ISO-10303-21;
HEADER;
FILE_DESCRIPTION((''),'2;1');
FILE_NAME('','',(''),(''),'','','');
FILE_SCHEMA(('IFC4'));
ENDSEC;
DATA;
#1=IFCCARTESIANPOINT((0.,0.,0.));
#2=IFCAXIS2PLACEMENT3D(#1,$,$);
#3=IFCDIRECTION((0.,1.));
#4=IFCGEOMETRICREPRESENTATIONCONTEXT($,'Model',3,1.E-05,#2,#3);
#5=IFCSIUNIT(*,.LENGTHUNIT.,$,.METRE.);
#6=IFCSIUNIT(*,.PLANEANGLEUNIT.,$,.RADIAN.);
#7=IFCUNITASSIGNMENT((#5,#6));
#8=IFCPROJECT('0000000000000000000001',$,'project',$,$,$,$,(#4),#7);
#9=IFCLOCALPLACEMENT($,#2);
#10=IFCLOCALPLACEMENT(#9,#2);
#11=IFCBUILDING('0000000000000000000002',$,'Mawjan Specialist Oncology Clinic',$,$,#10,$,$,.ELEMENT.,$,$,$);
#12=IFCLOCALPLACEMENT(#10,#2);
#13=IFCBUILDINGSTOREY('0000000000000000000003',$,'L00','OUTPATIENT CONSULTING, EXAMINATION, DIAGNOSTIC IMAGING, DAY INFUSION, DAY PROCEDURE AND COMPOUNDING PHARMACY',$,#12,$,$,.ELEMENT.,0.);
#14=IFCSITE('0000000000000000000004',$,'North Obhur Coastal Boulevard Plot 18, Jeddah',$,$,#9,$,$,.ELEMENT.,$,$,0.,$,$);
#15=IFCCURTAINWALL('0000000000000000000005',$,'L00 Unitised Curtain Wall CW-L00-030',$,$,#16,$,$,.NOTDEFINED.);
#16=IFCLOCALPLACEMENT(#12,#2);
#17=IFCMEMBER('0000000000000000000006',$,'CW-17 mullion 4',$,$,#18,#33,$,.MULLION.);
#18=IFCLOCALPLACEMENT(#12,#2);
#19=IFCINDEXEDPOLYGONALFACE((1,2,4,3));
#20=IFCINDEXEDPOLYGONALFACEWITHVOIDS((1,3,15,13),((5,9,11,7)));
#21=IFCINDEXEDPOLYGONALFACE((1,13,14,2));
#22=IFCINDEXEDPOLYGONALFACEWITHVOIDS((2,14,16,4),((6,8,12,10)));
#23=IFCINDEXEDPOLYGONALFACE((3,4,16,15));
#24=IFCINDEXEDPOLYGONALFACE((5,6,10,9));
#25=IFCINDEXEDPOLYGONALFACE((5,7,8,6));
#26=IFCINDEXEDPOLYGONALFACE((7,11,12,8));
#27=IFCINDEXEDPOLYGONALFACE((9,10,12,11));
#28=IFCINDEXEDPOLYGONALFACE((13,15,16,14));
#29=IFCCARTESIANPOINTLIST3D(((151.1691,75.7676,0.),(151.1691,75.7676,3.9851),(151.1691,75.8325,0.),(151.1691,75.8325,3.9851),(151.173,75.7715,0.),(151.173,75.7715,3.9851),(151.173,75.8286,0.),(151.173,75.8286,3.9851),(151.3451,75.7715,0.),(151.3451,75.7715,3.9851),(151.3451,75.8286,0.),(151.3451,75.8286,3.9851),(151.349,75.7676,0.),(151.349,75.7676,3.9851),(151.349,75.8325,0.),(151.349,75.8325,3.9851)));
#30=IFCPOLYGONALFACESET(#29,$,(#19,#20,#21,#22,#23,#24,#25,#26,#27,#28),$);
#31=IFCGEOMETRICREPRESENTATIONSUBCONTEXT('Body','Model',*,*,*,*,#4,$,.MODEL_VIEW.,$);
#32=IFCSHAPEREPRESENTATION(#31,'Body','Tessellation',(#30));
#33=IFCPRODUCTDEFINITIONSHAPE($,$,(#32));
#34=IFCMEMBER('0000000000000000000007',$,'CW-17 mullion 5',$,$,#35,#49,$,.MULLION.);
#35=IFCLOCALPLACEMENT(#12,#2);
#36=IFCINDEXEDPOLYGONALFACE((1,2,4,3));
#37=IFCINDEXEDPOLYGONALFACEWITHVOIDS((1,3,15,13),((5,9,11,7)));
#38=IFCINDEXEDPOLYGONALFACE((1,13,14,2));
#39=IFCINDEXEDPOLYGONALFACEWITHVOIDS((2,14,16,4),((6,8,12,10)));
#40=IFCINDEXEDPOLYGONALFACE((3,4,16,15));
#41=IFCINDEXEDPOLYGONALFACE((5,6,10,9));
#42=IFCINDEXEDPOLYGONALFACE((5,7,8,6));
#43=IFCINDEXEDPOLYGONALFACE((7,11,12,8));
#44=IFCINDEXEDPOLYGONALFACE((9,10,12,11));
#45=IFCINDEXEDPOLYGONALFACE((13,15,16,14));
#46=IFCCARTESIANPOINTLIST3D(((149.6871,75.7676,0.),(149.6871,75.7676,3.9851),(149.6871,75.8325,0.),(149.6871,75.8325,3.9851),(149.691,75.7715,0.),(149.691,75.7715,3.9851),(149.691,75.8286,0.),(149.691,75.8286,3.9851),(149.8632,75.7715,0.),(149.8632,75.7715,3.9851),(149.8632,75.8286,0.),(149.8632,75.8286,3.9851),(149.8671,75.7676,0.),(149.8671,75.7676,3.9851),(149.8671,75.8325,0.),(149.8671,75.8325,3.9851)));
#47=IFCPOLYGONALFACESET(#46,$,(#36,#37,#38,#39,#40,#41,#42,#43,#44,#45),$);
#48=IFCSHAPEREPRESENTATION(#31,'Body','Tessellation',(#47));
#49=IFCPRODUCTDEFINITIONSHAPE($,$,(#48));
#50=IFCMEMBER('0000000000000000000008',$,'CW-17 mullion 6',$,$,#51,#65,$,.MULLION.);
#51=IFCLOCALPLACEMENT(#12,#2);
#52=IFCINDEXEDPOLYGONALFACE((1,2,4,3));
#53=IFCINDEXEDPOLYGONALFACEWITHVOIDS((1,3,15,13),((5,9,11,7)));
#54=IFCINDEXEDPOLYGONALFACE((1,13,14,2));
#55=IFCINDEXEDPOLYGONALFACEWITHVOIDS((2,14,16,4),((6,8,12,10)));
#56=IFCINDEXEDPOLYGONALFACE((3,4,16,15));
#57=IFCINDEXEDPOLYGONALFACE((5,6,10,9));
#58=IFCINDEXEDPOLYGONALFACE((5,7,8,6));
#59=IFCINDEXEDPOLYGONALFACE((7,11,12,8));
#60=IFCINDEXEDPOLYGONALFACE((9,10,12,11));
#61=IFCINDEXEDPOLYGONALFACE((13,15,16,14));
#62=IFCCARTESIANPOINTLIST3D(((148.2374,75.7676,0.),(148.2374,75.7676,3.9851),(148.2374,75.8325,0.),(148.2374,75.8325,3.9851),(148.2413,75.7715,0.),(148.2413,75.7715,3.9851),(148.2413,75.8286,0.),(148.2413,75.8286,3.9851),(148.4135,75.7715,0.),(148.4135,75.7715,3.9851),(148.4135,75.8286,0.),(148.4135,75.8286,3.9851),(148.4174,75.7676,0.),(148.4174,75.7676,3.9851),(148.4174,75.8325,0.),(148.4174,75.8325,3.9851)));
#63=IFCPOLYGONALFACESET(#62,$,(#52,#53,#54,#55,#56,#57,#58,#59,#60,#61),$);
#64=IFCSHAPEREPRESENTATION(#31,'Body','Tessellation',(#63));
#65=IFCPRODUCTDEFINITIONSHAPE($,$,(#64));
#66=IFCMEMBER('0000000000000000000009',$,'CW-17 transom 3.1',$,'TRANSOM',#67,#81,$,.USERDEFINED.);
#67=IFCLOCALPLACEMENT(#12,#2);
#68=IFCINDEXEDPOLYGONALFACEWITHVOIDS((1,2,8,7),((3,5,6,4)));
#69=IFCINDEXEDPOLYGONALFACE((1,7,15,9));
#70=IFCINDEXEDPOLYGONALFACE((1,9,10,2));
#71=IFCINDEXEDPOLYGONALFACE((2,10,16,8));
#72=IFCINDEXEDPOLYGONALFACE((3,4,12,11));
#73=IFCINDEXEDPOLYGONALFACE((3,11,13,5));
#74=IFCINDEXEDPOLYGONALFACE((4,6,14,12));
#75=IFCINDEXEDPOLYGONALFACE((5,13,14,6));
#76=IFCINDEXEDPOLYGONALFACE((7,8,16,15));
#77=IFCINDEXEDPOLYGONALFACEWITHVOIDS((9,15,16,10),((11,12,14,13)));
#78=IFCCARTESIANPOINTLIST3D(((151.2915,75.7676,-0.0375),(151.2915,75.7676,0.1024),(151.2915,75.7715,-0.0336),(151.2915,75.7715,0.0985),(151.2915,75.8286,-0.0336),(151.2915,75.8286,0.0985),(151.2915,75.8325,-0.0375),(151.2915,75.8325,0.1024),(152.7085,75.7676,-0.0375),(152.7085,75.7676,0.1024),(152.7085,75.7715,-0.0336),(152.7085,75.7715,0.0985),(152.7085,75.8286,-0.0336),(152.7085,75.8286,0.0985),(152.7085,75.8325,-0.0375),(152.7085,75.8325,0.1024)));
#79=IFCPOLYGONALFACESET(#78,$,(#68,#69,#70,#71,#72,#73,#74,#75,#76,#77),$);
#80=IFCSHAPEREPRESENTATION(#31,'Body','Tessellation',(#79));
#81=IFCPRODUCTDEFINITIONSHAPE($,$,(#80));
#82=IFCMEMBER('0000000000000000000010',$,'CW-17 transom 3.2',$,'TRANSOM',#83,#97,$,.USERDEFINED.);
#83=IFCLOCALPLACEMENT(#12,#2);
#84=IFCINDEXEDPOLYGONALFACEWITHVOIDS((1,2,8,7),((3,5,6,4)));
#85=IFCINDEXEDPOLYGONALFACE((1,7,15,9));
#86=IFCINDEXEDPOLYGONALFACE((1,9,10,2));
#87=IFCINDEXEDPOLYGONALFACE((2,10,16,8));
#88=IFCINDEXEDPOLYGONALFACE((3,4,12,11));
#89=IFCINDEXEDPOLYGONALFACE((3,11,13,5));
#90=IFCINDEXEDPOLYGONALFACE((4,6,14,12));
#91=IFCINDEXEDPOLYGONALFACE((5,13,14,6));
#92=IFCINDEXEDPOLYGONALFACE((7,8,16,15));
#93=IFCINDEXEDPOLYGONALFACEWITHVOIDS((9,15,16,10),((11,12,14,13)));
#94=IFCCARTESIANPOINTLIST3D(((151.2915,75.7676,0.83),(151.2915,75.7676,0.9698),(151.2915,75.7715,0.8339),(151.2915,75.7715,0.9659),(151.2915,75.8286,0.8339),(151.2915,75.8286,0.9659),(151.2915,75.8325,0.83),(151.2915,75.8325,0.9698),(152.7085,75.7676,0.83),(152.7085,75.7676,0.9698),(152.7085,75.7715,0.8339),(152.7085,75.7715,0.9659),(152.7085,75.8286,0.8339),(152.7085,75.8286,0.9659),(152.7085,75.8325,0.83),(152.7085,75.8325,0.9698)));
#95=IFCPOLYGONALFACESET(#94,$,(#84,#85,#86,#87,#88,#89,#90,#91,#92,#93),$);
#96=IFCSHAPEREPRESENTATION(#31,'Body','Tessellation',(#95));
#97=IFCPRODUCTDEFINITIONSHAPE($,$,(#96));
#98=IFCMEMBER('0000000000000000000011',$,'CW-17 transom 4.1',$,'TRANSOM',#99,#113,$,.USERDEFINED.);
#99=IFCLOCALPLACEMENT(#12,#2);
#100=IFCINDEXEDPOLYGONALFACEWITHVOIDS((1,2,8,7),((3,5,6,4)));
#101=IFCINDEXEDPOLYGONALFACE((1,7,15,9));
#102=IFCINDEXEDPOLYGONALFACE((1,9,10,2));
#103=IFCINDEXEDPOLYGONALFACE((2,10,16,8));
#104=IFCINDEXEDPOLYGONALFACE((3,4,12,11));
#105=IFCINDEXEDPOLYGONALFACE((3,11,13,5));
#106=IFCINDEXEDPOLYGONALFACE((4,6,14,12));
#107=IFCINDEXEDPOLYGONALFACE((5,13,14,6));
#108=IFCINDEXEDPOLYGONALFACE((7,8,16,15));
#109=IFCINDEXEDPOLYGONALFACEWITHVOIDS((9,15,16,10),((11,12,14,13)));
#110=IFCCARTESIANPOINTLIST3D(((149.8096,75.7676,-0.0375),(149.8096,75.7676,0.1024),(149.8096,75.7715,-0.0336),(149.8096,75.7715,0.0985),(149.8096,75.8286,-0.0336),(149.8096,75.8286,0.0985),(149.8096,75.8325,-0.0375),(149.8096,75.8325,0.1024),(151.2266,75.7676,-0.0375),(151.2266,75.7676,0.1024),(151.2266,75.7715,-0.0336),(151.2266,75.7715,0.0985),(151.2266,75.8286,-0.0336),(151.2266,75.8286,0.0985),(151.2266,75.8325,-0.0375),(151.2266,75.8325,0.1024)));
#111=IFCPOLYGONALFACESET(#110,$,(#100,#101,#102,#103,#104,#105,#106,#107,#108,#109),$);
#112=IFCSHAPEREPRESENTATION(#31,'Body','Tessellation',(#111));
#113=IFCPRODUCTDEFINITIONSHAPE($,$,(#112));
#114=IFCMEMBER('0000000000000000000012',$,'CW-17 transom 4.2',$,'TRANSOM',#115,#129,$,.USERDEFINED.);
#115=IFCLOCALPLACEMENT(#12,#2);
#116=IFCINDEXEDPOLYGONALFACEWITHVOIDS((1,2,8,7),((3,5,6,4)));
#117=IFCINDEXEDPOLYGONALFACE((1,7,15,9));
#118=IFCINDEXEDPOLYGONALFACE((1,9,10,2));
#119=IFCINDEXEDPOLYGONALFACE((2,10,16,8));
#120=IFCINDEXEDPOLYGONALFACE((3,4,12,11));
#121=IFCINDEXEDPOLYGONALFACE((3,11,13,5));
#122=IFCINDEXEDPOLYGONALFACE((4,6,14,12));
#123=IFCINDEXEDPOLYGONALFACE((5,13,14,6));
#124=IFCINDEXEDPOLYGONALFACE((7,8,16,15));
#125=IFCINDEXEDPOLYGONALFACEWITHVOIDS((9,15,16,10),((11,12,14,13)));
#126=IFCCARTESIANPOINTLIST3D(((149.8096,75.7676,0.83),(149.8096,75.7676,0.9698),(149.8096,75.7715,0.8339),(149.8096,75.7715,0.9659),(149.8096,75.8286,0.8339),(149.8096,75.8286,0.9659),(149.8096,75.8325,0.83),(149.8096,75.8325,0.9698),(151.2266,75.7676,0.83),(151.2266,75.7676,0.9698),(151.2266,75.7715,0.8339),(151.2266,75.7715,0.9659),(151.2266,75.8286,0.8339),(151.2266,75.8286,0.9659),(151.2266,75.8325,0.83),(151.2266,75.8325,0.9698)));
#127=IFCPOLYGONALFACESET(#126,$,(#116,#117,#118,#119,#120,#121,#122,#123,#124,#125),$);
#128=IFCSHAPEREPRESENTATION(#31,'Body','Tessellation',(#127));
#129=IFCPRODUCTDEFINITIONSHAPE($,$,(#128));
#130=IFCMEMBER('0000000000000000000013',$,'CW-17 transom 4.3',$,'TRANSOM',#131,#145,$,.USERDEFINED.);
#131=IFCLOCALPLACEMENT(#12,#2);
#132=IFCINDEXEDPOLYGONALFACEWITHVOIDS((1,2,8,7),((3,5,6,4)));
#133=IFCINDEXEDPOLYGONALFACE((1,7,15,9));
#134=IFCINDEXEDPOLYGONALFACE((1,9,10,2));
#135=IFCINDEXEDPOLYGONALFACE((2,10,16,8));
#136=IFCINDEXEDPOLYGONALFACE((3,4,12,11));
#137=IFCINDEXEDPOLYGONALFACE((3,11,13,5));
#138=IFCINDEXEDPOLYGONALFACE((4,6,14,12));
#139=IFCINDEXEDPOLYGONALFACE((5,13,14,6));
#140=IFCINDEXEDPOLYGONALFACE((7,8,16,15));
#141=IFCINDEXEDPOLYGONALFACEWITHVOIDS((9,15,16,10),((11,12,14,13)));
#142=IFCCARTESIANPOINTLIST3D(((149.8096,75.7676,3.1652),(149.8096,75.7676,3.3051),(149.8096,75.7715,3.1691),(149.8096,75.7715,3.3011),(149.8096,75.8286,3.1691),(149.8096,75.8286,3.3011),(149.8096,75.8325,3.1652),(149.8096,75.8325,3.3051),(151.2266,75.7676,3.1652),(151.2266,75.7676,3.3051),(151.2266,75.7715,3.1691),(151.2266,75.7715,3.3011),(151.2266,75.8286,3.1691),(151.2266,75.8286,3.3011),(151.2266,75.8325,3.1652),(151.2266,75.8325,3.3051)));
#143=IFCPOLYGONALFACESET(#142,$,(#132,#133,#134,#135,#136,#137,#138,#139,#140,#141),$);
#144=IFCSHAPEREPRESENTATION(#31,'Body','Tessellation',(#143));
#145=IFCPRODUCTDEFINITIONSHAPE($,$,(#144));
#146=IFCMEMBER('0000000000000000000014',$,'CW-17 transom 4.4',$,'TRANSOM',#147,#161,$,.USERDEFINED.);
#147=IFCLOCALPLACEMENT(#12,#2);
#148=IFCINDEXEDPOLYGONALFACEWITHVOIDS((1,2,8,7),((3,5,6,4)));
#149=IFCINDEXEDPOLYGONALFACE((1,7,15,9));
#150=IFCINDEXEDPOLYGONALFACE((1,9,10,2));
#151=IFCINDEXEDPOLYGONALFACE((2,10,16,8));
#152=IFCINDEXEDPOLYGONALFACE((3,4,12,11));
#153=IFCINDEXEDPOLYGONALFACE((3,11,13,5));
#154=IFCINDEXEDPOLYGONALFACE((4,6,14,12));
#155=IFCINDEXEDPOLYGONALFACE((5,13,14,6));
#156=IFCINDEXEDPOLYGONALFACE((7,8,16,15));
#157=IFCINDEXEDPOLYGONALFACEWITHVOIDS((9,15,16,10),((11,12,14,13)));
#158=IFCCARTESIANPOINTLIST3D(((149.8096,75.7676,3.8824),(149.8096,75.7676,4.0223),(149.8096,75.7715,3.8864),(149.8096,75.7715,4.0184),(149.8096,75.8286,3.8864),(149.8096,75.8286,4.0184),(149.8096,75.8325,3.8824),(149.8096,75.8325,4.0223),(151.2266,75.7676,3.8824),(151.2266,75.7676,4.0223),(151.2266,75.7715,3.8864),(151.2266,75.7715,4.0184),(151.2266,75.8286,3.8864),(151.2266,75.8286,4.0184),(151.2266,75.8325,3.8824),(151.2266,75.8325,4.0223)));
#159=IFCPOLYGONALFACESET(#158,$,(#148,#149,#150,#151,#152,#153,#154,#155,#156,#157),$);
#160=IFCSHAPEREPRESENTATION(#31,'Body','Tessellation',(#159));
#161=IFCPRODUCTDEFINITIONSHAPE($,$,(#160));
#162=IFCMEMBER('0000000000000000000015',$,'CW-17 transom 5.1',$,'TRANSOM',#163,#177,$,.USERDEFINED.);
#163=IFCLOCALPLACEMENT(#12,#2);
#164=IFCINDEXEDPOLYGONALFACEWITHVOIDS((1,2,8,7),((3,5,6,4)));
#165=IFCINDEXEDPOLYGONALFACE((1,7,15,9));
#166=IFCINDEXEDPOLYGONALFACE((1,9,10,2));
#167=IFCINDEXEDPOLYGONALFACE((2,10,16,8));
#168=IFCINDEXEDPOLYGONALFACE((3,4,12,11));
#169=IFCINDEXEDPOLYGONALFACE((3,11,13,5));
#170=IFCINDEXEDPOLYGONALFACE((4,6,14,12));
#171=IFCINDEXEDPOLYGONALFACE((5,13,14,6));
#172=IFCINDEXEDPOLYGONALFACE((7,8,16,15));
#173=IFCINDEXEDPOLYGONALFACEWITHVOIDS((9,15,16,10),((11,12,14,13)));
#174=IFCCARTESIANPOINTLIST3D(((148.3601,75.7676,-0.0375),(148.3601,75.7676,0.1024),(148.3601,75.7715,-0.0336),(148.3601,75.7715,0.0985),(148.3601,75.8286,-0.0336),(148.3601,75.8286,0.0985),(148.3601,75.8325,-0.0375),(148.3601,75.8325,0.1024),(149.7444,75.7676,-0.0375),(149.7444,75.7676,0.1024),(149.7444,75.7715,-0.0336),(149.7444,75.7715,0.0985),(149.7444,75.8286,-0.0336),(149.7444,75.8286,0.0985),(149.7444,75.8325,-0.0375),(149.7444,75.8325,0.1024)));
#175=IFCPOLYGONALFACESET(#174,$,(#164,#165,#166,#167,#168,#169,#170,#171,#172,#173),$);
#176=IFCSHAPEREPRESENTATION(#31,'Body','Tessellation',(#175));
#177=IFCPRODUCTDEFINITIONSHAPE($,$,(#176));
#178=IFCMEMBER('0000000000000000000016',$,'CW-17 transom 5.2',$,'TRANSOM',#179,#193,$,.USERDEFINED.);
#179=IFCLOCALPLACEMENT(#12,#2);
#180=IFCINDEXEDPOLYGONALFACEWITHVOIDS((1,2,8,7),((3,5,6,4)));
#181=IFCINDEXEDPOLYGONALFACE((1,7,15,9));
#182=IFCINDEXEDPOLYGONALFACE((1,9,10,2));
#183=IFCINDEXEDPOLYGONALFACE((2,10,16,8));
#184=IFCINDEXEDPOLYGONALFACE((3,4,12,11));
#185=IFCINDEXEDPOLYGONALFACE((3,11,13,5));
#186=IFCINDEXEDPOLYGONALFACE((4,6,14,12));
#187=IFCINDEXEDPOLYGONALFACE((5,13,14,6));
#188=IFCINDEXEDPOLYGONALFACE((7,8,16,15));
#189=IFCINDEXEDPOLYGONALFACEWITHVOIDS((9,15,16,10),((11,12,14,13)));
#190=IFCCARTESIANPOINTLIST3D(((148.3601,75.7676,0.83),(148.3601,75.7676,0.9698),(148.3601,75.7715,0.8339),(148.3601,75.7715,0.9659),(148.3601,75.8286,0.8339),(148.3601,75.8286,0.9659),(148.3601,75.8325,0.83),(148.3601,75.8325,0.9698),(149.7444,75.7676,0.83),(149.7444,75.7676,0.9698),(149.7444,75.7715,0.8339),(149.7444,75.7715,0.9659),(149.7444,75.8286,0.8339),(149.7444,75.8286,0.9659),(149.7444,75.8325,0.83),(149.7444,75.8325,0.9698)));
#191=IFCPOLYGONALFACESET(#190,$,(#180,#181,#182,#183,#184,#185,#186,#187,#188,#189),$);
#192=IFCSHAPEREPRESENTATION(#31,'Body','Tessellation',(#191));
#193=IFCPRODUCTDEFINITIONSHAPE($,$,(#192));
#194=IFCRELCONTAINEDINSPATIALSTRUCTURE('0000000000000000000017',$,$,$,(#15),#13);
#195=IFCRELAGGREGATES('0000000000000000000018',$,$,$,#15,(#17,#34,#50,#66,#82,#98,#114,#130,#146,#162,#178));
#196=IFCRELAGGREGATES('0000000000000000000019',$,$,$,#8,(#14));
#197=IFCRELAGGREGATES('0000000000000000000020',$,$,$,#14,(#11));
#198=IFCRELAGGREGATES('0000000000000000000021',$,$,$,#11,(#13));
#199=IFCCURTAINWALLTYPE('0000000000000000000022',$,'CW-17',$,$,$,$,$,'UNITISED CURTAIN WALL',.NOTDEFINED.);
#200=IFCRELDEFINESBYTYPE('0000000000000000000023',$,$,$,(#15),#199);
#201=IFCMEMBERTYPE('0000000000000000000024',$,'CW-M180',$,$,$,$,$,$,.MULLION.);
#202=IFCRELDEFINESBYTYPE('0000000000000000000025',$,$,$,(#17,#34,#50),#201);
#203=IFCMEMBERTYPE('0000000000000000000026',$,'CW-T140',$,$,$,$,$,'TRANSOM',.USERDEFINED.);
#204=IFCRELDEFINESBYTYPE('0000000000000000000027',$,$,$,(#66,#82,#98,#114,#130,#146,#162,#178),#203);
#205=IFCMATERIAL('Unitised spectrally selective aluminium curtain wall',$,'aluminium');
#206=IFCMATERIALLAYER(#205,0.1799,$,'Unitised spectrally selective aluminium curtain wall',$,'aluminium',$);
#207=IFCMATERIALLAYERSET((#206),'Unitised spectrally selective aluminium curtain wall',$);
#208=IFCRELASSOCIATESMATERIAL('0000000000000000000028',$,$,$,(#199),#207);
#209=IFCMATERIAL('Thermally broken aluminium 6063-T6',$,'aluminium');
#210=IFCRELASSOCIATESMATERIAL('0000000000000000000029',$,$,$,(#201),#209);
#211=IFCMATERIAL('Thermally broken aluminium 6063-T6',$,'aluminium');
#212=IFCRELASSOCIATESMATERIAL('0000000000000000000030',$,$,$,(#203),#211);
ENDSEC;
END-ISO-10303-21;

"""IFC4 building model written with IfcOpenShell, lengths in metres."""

from ifc_helpers import new_model, si_unit, direction, frame, origin, origin_2d, place, context, subcontext, project, spatial, hollow_rectangle, extrude, material, layer, layer_set, material_profile, profile_set, type_object, element, aggregate, save


model = new_model("IFC4")

# Units and contexts
model_context = context("Model", 3, precision=1e-05, world=origin(), true_north=direction((0.0, 1.0)))
body_context = subcontext(model_context, "Body", "Model", "MODEL_VIEW")
ifc_project = project(units=[si_unit("LENGTHUNIT", "METRE"), si_unit("PLANEANGLEUNIT", "RADIAN")], contexts=[model_context])

# Site, building, storey
site_placement = place(None, origin())
site = spatial("IfcSite", under=ifc_project, at=site_placement, Name="North Obhur Coastal Boulevard Plot 18, Jeddah", CompositionType="ELEMENT", RefElevation=0.0)
building_placement = place(site_placement, origin())
building = spatial("IfcBuilding", under=site, at=building_placement, Name="Mawjan Specialist Oncology Clinic", CompositionType="ELEMENT")
storey_placement = place(building_placement, origin())
storey = spatial("IfcBuildingStorey", under=building, at=storey_placement, Name="L00", Description="OUTPATIENT CONSULTING, EXAMINATION, DIAGNOSTIC IMAGING, DAY INFUSION, DAY PROCEDURE AND COMPOUNDING PHARMACY", CompositionType="ELEMENT", Elevation=0.0)

# Curtain wall, members
ifc_material_1 = material(Name="Unitised spectrally selective aluminium curtain wall", Category="aluminium")
ifc_layer_1 = layer(ifc_material_1, 0.1799, Name="Unitised spectrally selective aluminium curtain wall", Category="aluminium")
ifc_layer_set_1 = layer_set([ifc_layer_1], Name="Unitised spectrally selective aluminium curtain wall")
curtain_wall_type = type_object("IfcCurtainWallType", Name="CW-17", ElementType="UNITISED CURTAIN WALL", PredefinedType="NOTDEFINED", material=ifc_layer_set_1)
curtain_wall_placement = place(storey_placement, origin())
curtain_wall = element("IfcCurtainWall", 1, at=curtain_wall_placement, inside=storey, type_object=curtain_wall_type, Name="L00 Unitised Curtain Wall CW-L00-030", PredefinedType="NOTDEFINED")
ifc_material_2 = material(Name="Thermally broken aluminium 6063-T6", Category="aluminium")
ifc_material_profile_1 = material_profile(ifc_material_2, hollow_rectangle(XDim=0.0649, YDim=0.1799, WallThickness=0.0039, at=origin_2d()), Name="ALU MULLION 180x65x4", Category="aluminium")
ifc_profile_set_1 = profile_set([ifc_material_profile_1], Name="Thermally broken aluminium 6063-T6")
member_type_1 = type_object("IfcMemberType", Name="CW-M180", PredefinedType="MULLION", material=ifc_profile_set_1)
member_1_placement = place(storey_placement, frame((151.259, 75.8, 0.0), z_axis=(0.0, 0.0, 1.0), x_axis=(0.0, -1.0, 0.0)))
member_1 = element("IfcMember", 2, at=member_1_placement, type_object=member_type_1, Name="CW-17 mullion 4", PredefinedType="MULLION", context=body_context, shape_type="SweptSolid", body=[
    extrude(hollow_rectangle(XDim=0.0649, YDim=0.1799, WallThickness=0.0039, at=origin_2d()), origin(), (0.0, 0.0, 1.0), 3.9851),
])
member_2_placement = place(storey_placement, frame((149.7771, 75.8, 0.0), z_axis=(0.0, 0.0, 1.0), x_axis=(0.0, -1.0, 0.0)))
member_2 = element("IfcMember", 3, at=member_2_placement, type_object=member_type_1, Name="CW-17 mullion 5", PredefinedType="MULLION", context=body_context, shape_type="SweptSolid", body=[
    extrude(hollow_rectangle(XDim=0.0649, YDim=0.1799, WallThickness=0.0039, at=origin_2d()), origin(), (0.0, 0.0, 1.0), 3.9851),
])
member_3_placement = place(storey_placement, frame((148.3274, 75.8, 0.0), z_axis=(0.0, 0.0, 1.0), x_axis=(0.0, -1.0, 0.0)))
member_3 = element("IfcMember", 4, at=member_3_placement, type_object=member_type_1, Name="CW-17 mullion 6", PredefinedType="MULLION", context=body_context, shape_type="SweptSolid", body=[
    extrude(hollow_rectangle(XDim=0.0649, YDim=0.1799, WallThickness=0.0039, at=origin_2d()), origin(), (0.0, 0.0, 1.0), 3.9851),
])
ifc_material_3 = material(Name="Thermally broken aluminium 6063-T6", Category="aluminium")
ifc_material_profile_2 = material_profile(ifc_material_3, hollow_rectangle(XDim=0.0649, YDim=0.1399, WallThickness=0.0039, at=origin_2d()), Name="ALU TRANSOM 140x65x4", Category="aluminium")
ifc_profile_set_2 = profile_set([ifc_material_profile_2], Name="Thermally broken aluminium 6063-T6")
member_type_2 = type_object("IfcMemberType", Name="CW-T140", ElementType="TRANSOM", PredefinedType="USERDEFINED", material=ifc_profile_set_2)
member_4_placement = place(storey_placement, frame((152.7085, 75.8, 0.0325), z_axis=(-1.0, 0.0, 0.0), x_axis=(0.0, -1.0, 0.0)))
member_4 = element("IfcMember", 5, at=member_4_placement, type_object=member_type_2, Name="CW-17 transom 3.1", ObjectType="TRANSOM", PredefinedType="USERDEFINED", context=body_context, shape_type="SweptSolid", body=[
    extrude(hollow_rectangle(XDim=0.0649, YDim=0.1399, WallThickness=0.0039, at=origin_2d()), origin(), (0.0, 0.0, 1.0), 1.417),
])
member_5_placement = place(storey_placement, frame((152.7085, 75.8, 0.8999), z_axis=(-1.0, 0.0, 0.0), x_axis=(0.0, -1.0, 0.0)))
member_5 = element("IfcMember", 6, at=member_5_placement, type_object=member_type_2, Name="CW-17 transom 3.2", ObjectType="TRANSOM", PredefinedType="USERDEFINED", context=body_context, shape_type="SweptSolid", body=[
    extrude(hollow_rectangle(XDim=0.0649, YDim=0.1399, WallThickness=0.0039, at=origin_2d()), origin(), (0.0, 0.0, 1.0), 1.417),
])
member_6_placement = place(storey_placement, frame((151.2266, 75.8, 0.0325), z_axis=(-1.0, 0.0, 0.0), x_axis=(0.0, -1.0, 0.0)))
member_6 = element("IfcMember", 7, at=member_6_placement, type_object=member_type_2, Name="CW-17 transom 4.1", ObjectType="TRANSOM", PredefinedType="USERDEFINED", context=body_context, shape_type="SweptSolid", body=[
    extrude(hollow_rectangle(XDim=0.0649, YDim=0.1399, WallThickness=0.0039, at=origin_2d()), origin(), (0.0, 0.0, 1.0), 1.417),
])
member_7_placement = place(storey_placement, frame((151.2266, 75.8, 0.8999), z_axis=(-1.0, 0.0, 0.0), x_axis=(0.0, -1.0, 0.0)))
member_7 = element("IfcMember", 8, at=member_7_placement, type_object=member_type_2, Name="CW-17 transom 4.2", ObjectType="TRANSOM", PredefinedType="USERDEFINED", context=body_context, shape_type="SweptSolid", body=[
    extrude(hollow_rectangle(XDim=0.0649, YDim=0.1399, WallThickness=0.0039, at=origin_2d()), origin(), (0.0, 0.0, 1.0), 1.417),
])
member_8_placement = place(storey_placement, frame((151.2266, 75.8, 3.2351), z_axis=(-1.0, 0.0, 0.0), x_axis=(0.0, -1.0, 0.0)))
member_8 = element("IfcMember", 9, at=member_8_placement, type_object=member_type_2, Name="CW-17 transom 4.3", ObjectType="TRANSOM", PredefinedType="USERDEFINED", context=body_context, shape_type="SweptSolid", body=[
    extrude(hollow_rectangle(XDim=0.0649, YDim=0.1399, WallThickness=0.0039, at=origin_2d()), origin(), (0.0, 0.0, 1.0), 1.417),
])
member_9_placement = place(storey_placement, frame((151.2266, 75.8, 3.9524), z_axis=(-1.0, 0.0, 0.0), x_axis=(0.0, -1.0, 0.0)))
member_9 = element("IfcMember", 10, at=member_9_placement, type_object=member_type_2, Name="CW-17 transom 4.4", ObjectType="TRANSOM", PredefinedType="USERDEFINED", context=body_context, shape_type="SweptSolid", body=[
    extrude(hollow_rectangle(XDim=0.0649, YDim=0.1399, WallThickness=0.0039, at=origin_2d()), origin(), (0.0, 0.0, 1.0), 1.417),
])
member_10_placement = place(storey_placement, frame((149.7444, 75.8, 0.0325), z_axis=(-1.0, 0.0, 0.0), x_axis=(0.0, -1.0, 0.0)))
member_10 = element("IfcMember", 11, at=member_10_placement, type_object=member_type_2, Name="CW-17 transom 5.1", ObjectType="TRANSOM", PredefinedType="USERDEFINED", context=body_context, shape_type="SweptSolid", body=[
    extrude(hollow_rectangle(XDim=0.0649, YDim=0.1399, WallThickness=0.0039, at=origin_2d()), origin(), (0.0, 0.0, 1.0), 1.3843),
])
member_11_placement = place(storey_placement, frame((149.7444, 75.8, 0.8999), z_axis=(-1.0, 0.0, 0.0), x_axis=(0.0, -1.0, 0.0)))
member_11 = element("IfcMember", 12, at=member_11_placement, type_object=member_type_2, Name="CW-17 transom 5.2", ObjectType="TRANSOM", PredefinedType="USERDEFINED", context=body_context, shape_type="SweptSolid", body=[
    extrude(hollow_rectangle(XDim=0.0649, YDim=0.1399, WallThickness=0.0039, at=origin_2d()), origin(), (0.0, 0.0, 1.0), 1.3843),
])
aggregate(curtain_wall, [member_1, member_2, member_3, member_4, member_5, member_6, member_7, member_8, member_9, member_10, member_11])

save(model, "model.ifc")
